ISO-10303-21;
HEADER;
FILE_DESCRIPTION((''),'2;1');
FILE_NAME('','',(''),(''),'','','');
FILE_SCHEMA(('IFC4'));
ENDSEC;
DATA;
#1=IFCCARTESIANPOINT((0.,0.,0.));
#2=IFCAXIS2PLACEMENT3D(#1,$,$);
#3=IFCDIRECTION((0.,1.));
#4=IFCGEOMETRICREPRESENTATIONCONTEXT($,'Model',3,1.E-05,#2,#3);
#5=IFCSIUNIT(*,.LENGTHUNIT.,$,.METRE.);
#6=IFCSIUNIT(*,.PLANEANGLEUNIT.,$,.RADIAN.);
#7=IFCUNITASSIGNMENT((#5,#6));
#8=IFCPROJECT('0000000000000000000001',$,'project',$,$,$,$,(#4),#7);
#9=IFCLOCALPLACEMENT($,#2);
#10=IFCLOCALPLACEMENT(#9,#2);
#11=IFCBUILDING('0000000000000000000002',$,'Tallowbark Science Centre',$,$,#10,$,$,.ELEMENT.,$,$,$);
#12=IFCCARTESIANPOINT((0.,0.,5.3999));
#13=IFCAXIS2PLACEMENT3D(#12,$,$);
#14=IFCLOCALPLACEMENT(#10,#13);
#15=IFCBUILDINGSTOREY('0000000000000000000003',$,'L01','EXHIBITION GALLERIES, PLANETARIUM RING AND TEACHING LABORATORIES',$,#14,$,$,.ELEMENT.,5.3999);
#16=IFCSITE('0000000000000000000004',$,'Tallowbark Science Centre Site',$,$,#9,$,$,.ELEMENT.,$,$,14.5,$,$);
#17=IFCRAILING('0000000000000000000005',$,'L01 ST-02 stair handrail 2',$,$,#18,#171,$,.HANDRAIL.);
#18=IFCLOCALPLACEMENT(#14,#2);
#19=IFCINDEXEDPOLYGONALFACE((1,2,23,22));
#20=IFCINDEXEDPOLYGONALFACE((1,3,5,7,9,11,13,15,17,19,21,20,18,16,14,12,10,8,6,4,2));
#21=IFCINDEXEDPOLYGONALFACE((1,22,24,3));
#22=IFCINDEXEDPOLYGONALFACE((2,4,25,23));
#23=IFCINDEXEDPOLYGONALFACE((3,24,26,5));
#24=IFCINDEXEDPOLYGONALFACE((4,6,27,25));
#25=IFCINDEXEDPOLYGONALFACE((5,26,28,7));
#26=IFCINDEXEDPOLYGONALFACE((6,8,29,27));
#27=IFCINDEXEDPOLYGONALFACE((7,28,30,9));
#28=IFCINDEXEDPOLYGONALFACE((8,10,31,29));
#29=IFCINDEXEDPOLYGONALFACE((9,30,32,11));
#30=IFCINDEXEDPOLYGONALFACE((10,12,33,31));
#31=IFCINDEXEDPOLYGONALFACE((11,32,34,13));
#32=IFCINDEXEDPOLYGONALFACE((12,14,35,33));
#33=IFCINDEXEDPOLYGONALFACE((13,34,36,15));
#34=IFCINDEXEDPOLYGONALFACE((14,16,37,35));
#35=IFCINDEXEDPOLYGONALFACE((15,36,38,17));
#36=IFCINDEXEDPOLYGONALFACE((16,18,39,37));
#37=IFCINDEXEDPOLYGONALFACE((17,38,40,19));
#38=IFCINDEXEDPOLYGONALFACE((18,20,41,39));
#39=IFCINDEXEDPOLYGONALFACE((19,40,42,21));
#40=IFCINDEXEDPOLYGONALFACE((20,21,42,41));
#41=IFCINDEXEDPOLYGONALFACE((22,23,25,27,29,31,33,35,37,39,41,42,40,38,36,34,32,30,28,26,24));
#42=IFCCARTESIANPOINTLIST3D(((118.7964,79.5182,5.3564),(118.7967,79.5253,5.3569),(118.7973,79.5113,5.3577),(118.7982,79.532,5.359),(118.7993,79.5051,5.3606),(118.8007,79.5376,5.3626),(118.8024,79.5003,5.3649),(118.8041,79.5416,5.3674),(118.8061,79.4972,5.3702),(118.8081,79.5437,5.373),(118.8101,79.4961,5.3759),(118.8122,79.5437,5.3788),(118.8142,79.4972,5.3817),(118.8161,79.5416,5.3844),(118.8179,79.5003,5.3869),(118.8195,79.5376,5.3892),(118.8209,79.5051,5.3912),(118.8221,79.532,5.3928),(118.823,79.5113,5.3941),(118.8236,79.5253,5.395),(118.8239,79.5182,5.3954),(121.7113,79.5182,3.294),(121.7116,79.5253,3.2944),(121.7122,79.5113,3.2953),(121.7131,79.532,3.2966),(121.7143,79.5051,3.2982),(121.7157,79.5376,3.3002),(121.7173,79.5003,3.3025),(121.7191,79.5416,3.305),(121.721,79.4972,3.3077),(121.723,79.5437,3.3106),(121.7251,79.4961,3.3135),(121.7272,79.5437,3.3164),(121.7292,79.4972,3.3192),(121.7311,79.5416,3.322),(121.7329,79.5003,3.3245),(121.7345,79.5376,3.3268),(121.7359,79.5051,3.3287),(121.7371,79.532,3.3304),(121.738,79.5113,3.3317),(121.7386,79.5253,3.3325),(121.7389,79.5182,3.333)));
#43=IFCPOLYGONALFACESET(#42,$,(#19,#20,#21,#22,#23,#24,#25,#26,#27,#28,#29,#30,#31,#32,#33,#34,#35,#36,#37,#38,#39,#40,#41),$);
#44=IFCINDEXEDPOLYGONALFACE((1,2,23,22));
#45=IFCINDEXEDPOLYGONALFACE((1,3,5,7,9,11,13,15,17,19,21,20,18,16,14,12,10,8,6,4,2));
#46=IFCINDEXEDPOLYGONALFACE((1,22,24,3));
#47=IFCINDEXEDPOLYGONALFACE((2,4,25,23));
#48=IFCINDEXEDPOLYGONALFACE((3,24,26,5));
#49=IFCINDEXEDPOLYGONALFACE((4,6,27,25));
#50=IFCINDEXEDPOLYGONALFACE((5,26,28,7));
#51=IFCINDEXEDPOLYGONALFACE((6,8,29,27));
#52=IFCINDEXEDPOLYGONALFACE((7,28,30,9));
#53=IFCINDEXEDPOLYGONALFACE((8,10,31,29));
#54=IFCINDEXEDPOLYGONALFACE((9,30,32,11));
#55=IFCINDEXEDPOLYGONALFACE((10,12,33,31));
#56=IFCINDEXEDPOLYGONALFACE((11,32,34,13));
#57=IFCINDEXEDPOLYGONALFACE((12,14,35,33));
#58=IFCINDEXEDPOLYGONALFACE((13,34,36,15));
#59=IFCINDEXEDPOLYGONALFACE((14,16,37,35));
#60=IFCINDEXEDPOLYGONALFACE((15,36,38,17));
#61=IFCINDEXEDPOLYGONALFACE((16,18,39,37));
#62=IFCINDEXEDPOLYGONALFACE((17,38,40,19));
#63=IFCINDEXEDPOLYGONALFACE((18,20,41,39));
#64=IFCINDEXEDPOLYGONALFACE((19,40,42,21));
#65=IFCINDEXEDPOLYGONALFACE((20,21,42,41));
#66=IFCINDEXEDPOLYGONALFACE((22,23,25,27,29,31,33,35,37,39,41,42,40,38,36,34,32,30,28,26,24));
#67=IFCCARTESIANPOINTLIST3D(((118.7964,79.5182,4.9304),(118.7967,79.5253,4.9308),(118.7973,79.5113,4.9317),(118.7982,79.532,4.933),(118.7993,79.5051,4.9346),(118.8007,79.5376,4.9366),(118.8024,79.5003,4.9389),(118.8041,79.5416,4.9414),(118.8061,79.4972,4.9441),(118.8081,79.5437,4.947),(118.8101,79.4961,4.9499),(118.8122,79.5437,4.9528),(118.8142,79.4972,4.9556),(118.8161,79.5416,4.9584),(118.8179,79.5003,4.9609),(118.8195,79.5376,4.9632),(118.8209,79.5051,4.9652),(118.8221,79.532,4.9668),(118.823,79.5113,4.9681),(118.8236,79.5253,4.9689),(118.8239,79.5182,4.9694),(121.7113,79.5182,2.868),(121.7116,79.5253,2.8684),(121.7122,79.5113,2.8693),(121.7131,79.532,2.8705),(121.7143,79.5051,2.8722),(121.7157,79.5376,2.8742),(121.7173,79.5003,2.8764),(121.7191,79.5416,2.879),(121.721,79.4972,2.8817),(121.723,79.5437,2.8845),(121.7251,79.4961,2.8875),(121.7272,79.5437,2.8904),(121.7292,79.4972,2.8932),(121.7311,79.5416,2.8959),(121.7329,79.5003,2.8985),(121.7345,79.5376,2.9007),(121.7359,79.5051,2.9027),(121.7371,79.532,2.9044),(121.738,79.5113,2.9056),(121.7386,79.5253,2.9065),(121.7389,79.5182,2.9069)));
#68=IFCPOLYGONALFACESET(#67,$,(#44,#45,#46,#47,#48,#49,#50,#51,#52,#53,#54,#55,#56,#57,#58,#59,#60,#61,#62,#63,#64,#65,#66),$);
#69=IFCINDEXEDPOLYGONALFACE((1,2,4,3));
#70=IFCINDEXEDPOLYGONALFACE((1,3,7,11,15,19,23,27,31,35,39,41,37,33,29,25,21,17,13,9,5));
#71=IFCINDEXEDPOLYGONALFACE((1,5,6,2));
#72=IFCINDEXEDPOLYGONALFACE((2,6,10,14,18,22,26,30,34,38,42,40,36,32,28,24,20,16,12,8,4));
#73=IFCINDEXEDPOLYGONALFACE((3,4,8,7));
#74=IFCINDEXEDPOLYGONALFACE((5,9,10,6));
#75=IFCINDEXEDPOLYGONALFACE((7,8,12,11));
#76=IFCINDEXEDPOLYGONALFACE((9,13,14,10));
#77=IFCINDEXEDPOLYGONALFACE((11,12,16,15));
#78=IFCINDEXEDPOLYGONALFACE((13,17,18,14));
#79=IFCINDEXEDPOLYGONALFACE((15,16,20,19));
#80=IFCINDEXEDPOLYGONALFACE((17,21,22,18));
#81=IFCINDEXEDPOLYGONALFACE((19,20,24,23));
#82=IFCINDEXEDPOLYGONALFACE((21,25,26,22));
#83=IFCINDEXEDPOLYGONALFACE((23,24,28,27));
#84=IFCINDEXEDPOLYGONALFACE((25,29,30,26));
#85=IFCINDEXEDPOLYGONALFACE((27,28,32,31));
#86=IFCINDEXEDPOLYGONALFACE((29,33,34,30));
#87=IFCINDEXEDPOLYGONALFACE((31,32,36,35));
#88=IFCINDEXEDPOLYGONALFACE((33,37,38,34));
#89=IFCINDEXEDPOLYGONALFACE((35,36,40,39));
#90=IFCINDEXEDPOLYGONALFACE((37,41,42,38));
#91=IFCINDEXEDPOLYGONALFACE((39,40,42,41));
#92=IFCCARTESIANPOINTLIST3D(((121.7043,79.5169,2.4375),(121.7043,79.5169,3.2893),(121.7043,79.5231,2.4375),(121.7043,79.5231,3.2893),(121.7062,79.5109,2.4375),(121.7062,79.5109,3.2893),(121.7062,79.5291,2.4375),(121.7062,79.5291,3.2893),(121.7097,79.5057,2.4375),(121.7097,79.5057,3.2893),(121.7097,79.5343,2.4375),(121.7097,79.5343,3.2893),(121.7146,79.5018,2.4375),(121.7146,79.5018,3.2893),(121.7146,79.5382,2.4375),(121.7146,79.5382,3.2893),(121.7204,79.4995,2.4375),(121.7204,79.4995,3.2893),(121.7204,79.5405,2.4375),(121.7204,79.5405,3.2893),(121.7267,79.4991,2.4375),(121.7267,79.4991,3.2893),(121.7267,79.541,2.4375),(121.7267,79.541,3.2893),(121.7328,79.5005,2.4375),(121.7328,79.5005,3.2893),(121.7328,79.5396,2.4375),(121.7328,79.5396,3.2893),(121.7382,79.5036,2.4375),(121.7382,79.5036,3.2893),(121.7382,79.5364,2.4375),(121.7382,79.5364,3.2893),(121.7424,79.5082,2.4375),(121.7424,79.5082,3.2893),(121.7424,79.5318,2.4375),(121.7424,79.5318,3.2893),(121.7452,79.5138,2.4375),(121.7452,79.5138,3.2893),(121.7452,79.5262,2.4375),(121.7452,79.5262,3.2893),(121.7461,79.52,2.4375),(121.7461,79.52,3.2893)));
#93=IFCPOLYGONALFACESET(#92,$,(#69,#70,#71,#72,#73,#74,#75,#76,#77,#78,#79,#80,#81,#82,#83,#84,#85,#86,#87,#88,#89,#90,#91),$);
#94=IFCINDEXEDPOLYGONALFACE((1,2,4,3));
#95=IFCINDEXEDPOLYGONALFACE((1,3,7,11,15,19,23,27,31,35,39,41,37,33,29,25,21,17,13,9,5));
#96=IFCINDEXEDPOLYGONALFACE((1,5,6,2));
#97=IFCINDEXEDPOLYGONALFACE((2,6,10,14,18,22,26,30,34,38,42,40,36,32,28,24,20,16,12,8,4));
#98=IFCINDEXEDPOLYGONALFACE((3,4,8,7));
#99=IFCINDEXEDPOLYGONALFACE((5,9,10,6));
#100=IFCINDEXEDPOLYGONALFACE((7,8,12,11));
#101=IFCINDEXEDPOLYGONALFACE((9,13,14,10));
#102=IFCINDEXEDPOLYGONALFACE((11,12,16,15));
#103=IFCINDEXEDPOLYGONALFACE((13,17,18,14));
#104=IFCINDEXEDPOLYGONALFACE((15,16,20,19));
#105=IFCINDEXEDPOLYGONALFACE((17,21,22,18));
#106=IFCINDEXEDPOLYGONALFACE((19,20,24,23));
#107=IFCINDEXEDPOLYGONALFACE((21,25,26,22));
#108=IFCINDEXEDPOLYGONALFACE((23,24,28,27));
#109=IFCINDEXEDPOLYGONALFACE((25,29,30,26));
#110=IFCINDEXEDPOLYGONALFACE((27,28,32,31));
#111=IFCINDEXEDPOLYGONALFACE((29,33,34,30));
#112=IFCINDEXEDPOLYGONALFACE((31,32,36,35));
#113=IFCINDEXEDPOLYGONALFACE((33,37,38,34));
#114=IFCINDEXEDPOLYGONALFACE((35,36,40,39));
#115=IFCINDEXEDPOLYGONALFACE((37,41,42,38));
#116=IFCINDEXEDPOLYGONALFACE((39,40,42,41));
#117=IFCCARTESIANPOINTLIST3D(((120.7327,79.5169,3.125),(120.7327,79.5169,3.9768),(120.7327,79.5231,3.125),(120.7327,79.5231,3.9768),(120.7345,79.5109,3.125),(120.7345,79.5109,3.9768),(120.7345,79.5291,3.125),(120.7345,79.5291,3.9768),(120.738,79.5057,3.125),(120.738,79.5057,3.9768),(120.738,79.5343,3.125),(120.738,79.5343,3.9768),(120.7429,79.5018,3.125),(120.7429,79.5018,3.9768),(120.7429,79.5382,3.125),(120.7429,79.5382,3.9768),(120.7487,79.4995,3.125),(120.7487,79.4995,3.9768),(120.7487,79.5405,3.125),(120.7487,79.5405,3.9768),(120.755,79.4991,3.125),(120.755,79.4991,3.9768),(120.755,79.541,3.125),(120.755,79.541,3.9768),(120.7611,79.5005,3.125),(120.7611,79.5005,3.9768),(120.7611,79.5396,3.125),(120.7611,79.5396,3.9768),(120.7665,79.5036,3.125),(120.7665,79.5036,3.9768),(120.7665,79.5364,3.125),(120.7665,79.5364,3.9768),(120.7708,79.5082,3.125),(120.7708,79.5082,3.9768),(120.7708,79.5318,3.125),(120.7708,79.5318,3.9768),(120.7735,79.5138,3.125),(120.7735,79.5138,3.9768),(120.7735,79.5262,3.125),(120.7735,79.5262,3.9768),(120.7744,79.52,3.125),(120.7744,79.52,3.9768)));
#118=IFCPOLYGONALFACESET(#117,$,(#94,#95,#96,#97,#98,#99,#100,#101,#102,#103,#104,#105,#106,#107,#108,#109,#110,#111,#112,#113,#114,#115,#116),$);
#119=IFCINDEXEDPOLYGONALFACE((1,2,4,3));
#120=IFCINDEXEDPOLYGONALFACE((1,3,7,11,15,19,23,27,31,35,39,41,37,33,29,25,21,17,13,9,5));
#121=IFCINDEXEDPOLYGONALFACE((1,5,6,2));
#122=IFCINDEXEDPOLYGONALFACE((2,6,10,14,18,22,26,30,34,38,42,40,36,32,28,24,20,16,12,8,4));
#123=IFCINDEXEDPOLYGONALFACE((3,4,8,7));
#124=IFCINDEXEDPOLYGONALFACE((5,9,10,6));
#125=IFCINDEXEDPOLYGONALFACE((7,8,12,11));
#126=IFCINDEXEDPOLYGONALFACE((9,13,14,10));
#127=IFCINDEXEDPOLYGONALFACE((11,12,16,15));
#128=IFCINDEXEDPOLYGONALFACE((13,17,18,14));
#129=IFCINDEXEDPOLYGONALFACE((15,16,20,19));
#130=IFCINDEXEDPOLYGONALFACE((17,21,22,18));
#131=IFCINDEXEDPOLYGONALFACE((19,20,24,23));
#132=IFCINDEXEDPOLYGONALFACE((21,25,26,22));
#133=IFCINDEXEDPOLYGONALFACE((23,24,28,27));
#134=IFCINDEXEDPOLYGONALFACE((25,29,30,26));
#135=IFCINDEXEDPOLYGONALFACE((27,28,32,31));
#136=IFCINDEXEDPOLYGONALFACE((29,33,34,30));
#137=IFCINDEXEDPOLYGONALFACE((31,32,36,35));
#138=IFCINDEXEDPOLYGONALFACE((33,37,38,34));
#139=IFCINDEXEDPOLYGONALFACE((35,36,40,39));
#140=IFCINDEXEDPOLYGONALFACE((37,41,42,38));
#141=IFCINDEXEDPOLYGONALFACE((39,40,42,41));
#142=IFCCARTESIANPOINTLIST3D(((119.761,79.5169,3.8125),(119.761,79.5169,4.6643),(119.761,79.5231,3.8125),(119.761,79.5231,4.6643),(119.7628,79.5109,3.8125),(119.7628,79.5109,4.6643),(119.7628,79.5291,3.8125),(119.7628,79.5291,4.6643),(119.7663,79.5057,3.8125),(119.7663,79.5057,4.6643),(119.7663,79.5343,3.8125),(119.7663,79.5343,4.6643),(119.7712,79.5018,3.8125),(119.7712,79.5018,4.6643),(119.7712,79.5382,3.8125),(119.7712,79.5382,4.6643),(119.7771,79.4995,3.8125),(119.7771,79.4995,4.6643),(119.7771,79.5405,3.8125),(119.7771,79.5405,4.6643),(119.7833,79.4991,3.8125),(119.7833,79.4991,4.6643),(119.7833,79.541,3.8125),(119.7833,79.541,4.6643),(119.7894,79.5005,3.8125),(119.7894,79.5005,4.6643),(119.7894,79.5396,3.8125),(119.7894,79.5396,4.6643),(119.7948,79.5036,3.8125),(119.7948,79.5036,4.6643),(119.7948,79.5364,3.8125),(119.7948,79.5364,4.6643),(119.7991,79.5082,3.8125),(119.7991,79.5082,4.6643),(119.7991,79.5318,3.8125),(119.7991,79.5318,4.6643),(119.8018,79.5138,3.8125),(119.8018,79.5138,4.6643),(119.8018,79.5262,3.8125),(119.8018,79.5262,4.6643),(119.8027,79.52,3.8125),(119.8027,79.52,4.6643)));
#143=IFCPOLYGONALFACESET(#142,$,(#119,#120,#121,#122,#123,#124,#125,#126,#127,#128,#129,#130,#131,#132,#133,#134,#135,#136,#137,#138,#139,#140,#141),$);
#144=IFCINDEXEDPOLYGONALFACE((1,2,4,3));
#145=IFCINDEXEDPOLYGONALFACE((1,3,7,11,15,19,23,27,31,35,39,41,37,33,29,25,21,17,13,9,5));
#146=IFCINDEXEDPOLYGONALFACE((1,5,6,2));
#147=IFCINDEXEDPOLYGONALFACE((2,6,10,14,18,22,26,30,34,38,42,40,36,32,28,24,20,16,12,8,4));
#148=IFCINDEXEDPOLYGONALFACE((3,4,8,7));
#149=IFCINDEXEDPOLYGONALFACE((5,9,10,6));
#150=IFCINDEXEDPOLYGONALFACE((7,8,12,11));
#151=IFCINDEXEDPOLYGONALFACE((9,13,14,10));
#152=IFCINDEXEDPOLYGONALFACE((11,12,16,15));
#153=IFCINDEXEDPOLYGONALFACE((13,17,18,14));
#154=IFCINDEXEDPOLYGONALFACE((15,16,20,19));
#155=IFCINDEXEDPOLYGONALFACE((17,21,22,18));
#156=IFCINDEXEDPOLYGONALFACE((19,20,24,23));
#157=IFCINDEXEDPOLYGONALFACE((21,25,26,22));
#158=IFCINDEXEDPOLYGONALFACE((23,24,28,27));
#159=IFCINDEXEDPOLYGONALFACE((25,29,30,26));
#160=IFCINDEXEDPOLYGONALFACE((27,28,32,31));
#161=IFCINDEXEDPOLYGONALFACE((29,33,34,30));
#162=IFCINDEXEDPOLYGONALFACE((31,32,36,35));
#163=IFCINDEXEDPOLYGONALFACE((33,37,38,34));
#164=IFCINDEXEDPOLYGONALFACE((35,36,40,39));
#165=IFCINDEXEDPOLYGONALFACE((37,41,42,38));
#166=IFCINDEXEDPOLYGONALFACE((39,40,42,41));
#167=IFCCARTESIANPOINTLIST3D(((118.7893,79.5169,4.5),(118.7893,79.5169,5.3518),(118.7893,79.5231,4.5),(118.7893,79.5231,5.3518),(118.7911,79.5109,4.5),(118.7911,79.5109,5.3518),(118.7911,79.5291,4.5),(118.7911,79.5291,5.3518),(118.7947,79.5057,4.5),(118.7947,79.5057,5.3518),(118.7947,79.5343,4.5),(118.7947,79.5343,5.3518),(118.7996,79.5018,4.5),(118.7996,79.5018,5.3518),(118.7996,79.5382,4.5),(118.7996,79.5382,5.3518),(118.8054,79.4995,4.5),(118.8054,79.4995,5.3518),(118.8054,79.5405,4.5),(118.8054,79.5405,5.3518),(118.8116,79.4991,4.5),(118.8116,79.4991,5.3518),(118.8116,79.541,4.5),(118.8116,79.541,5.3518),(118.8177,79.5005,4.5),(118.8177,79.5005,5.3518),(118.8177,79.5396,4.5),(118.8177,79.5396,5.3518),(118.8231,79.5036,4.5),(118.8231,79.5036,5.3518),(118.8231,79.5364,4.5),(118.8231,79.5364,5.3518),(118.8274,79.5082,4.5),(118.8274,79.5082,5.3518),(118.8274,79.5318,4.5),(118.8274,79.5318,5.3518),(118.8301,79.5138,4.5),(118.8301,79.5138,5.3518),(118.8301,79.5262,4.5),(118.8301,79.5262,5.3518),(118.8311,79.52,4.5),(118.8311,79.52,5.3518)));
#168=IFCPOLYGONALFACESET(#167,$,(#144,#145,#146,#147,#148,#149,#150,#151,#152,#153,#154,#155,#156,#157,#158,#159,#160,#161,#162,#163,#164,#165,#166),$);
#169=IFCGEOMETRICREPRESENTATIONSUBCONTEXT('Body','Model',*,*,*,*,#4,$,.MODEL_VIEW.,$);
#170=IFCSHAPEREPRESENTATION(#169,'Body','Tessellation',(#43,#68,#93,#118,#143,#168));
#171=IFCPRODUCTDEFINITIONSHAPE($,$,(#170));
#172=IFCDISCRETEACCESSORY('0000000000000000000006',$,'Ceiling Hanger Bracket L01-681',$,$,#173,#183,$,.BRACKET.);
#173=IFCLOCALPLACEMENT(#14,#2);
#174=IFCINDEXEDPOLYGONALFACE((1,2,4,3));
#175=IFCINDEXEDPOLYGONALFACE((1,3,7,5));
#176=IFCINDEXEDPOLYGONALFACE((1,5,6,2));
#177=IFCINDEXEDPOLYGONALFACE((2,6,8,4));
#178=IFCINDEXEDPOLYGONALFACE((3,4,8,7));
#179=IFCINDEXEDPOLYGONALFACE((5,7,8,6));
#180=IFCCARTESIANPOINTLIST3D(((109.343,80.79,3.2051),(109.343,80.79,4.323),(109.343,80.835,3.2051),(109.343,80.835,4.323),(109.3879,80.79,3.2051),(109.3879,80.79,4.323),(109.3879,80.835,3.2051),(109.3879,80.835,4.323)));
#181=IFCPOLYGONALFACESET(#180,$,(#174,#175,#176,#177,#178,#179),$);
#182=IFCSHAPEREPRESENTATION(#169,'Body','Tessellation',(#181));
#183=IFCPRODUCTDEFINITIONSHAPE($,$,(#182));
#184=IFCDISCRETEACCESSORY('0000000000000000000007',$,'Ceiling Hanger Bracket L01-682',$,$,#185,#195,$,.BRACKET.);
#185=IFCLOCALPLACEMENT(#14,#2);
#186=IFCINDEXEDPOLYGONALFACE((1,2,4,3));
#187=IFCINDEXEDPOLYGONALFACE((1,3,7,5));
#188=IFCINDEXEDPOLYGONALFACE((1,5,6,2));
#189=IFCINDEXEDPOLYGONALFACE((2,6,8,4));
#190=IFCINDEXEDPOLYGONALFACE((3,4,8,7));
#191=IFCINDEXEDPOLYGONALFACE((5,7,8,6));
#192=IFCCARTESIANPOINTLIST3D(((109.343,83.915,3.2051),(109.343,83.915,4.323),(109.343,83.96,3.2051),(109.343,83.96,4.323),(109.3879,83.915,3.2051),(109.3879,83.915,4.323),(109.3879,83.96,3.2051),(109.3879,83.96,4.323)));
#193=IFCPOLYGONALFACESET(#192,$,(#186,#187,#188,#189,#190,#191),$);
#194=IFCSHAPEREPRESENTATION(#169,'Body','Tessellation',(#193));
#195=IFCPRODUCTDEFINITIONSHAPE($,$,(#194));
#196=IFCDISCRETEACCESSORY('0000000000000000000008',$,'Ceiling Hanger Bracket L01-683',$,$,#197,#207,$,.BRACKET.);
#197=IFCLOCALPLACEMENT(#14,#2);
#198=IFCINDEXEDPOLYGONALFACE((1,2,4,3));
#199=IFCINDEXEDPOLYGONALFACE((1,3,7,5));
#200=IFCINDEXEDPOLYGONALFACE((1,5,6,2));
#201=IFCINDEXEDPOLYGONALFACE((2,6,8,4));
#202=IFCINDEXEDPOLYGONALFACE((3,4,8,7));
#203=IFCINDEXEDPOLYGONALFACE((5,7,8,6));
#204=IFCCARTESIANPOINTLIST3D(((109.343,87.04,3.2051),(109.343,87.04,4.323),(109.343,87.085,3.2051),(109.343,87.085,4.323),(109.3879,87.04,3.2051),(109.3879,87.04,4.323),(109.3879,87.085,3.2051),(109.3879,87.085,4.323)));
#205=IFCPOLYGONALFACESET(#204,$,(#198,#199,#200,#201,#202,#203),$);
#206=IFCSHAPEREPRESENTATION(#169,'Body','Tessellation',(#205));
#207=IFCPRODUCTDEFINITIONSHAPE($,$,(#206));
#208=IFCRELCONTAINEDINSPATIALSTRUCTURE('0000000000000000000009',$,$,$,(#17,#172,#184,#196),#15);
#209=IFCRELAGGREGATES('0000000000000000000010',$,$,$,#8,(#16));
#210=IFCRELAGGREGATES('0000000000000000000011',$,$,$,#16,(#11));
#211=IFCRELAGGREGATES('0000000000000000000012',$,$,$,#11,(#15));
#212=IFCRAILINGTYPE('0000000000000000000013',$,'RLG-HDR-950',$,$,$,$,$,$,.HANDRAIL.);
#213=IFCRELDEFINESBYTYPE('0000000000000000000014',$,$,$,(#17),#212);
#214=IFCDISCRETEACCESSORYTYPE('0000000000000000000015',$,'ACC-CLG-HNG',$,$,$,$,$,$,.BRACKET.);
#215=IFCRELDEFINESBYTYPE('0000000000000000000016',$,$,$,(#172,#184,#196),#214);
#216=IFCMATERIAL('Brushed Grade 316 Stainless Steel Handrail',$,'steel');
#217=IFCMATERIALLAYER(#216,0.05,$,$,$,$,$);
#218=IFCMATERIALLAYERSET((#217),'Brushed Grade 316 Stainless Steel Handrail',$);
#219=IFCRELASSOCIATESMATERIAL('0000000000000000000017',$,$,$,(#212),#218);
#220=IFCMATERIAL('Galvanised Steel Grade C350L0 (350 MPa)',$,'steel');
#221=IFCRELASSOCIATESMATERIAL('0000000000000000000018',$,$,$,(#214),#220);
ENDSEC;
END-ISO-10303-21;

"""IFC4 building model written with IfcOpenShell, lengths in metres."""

from ifc_helpers import new_model, si_unit, direction, frame, origin, origin_2d, place, context, subcontext, project, spatial, rectangle, circle, extrude, material, layer, layer_set, type_object, element, save


model = new_model("IFC4")

# Units and contexts
model_context = context("Model", 3, precision=1e-05, world=origin(), true_north=direction((0.0, 1.0)))
body_context = subcontext(model_context, "Body", "Model", "MODEL_VIEW")
ifc_project = project(units=[si_unit("LENGTHUNIT", "METRE"), si_unit("PLANEANGLEUNIT", "RADIAN")], contexts=[model_context])

# Site, building, storey
site_placement = place(None, origin())
site = spatial("IfcSite", under=ifc_project, at=site_placement, Name="Tallowbark Science Centre Site", CompositionType="ELEMENT", RefElevation=14.5)
building_placement = place(site_placement, origin())
building = spatial("IfcBuilding", under=site, at=building_placement, Name="Tallowbark Science Centre", CompositionType="ELEMENT")
storey_placement = place(building_placement, frame((0.0, 0.0, 5.3999)))
storey = spatial("IfcBuildingStorey", under=building, at=storey_placement, Name="L01", Description="EXHIBITION GALLERIES, PLANETARIUM RING AND TEACHING LABORATORIES", CompositionType="ELEMENT", Elevation=5.3999)

# Railing
ifc_material_1 = material(Name="Brushed Grade 316 Stainless Steel Handrail", Category="steel")
ifc_layer_1 = layer(ifc_material_1, 0.05)
ifc_layer_set_1 = layer_set([ifc_layer_1], Name="Brushed Grade 316 Stainless Steel Handrail")
railing_type_1 = type_object("IfcRailingType", Name="RLG-HDR-950", PredefinedType="HANDRAIL", material=ifc_layer_set_1)
railing_1_placement = place(storey_placement, frame((121.7251, 79.52, 2.4375)))
element("IfcRailing", 1, at=railing_1_placement, inside=storey, type_object=railing_type_1, Name="L01 ST-02 stair handrail 2", PredefinedType="HANDRAIL", context=body_context, shape_type="SweptSolid", body=[
    extrude(circle(Radius=0.0239, at=origin_2d()), frame((0.0, 0.0, 0.876), z_axis=(-0.816331, 0.0, 0.577585), x_axis=(0.0, -1.0, 0.0)), (0.0, 0.0, 1.0), 3.5708),
    extrude(circle(Radius=0.0239, at=origin_2d()), frame((0.0, 0.0, 0.45), z_axis=(-0.816331, 0.0, 0.577585), x_axis=(0.0, -1.0, 0.0)), (0.0, 0.0, 1.0), 3.5708),
    extrude(circle(Radius=0.021, at=origin_2d()), origin(), (0.0, 0.0, 1.0), 0.8518),
    extrude(circle(Radius=0.021, at=origin_2d()), frame((-0.9717, 0.0, 0.6875)), (0.0, 0.0, 1.0), 0.8518),
    extrude(circle(Radius=0.021, at=origin_2d()), frame((-1.9434, 0.0, 1.375)), (0.0, 0.0, 1.0), 0.8518),
    extrude(circle(Radius=0.021, at=origin_2d()), frame((-2.915, 0.0, 2.0625)), (0.0, 0.0, 1.0), 0.8518),
])

# Discrete accessories
ifc_material_2 = material(Name="Galvanised Steel Grade C350L0 (350 MPa)", Category="steel")
discrete_accessory_type = type_object("IfcDiscreteAccessoryType", Name="ACC-CLG-HNG", PredefinedType="BRACKET", material=ifc_material_2)
for number, where, z_axis, x_axis, name in (
    (2, (109.3655, 80.8125, 3.2051), (0.0, 0.0, 1.0), (1.0, 0.0, 0.0), "Ceiling Hanger Bracket L01-681"),
    (3, (109.3655, 83.9375, 3.2051), (0.0, 0.0, 1.0), (1.0, 0.0, 0.0), "Ceiling Hanger Bracket L01-682"),
    (4, (109.3655, 87.0625, 3.2051), (0.0, 0.0, 1.0), (1.0, 0.0, 0.0), "Ceiling Hanger Bracket L01-683"),
):
    element("IfcDiscreteAccessory", number, at=place(storey_placement, frame(where, z_axis=z_axis, x_axis=x_axis)), inside=storey, type_object=discrete_accessory_type, Name=name, PredefinedType="BRACKET", context=body_context, shape_type="SweptSolid", body=[
        extrude(rectangle(XDim=0.0449, YDim=0.0449, at=origin_2d()), origin(), (0.0, 0.0, 1.0), 1.1179),
    ])

save(model, "model.ifc")
